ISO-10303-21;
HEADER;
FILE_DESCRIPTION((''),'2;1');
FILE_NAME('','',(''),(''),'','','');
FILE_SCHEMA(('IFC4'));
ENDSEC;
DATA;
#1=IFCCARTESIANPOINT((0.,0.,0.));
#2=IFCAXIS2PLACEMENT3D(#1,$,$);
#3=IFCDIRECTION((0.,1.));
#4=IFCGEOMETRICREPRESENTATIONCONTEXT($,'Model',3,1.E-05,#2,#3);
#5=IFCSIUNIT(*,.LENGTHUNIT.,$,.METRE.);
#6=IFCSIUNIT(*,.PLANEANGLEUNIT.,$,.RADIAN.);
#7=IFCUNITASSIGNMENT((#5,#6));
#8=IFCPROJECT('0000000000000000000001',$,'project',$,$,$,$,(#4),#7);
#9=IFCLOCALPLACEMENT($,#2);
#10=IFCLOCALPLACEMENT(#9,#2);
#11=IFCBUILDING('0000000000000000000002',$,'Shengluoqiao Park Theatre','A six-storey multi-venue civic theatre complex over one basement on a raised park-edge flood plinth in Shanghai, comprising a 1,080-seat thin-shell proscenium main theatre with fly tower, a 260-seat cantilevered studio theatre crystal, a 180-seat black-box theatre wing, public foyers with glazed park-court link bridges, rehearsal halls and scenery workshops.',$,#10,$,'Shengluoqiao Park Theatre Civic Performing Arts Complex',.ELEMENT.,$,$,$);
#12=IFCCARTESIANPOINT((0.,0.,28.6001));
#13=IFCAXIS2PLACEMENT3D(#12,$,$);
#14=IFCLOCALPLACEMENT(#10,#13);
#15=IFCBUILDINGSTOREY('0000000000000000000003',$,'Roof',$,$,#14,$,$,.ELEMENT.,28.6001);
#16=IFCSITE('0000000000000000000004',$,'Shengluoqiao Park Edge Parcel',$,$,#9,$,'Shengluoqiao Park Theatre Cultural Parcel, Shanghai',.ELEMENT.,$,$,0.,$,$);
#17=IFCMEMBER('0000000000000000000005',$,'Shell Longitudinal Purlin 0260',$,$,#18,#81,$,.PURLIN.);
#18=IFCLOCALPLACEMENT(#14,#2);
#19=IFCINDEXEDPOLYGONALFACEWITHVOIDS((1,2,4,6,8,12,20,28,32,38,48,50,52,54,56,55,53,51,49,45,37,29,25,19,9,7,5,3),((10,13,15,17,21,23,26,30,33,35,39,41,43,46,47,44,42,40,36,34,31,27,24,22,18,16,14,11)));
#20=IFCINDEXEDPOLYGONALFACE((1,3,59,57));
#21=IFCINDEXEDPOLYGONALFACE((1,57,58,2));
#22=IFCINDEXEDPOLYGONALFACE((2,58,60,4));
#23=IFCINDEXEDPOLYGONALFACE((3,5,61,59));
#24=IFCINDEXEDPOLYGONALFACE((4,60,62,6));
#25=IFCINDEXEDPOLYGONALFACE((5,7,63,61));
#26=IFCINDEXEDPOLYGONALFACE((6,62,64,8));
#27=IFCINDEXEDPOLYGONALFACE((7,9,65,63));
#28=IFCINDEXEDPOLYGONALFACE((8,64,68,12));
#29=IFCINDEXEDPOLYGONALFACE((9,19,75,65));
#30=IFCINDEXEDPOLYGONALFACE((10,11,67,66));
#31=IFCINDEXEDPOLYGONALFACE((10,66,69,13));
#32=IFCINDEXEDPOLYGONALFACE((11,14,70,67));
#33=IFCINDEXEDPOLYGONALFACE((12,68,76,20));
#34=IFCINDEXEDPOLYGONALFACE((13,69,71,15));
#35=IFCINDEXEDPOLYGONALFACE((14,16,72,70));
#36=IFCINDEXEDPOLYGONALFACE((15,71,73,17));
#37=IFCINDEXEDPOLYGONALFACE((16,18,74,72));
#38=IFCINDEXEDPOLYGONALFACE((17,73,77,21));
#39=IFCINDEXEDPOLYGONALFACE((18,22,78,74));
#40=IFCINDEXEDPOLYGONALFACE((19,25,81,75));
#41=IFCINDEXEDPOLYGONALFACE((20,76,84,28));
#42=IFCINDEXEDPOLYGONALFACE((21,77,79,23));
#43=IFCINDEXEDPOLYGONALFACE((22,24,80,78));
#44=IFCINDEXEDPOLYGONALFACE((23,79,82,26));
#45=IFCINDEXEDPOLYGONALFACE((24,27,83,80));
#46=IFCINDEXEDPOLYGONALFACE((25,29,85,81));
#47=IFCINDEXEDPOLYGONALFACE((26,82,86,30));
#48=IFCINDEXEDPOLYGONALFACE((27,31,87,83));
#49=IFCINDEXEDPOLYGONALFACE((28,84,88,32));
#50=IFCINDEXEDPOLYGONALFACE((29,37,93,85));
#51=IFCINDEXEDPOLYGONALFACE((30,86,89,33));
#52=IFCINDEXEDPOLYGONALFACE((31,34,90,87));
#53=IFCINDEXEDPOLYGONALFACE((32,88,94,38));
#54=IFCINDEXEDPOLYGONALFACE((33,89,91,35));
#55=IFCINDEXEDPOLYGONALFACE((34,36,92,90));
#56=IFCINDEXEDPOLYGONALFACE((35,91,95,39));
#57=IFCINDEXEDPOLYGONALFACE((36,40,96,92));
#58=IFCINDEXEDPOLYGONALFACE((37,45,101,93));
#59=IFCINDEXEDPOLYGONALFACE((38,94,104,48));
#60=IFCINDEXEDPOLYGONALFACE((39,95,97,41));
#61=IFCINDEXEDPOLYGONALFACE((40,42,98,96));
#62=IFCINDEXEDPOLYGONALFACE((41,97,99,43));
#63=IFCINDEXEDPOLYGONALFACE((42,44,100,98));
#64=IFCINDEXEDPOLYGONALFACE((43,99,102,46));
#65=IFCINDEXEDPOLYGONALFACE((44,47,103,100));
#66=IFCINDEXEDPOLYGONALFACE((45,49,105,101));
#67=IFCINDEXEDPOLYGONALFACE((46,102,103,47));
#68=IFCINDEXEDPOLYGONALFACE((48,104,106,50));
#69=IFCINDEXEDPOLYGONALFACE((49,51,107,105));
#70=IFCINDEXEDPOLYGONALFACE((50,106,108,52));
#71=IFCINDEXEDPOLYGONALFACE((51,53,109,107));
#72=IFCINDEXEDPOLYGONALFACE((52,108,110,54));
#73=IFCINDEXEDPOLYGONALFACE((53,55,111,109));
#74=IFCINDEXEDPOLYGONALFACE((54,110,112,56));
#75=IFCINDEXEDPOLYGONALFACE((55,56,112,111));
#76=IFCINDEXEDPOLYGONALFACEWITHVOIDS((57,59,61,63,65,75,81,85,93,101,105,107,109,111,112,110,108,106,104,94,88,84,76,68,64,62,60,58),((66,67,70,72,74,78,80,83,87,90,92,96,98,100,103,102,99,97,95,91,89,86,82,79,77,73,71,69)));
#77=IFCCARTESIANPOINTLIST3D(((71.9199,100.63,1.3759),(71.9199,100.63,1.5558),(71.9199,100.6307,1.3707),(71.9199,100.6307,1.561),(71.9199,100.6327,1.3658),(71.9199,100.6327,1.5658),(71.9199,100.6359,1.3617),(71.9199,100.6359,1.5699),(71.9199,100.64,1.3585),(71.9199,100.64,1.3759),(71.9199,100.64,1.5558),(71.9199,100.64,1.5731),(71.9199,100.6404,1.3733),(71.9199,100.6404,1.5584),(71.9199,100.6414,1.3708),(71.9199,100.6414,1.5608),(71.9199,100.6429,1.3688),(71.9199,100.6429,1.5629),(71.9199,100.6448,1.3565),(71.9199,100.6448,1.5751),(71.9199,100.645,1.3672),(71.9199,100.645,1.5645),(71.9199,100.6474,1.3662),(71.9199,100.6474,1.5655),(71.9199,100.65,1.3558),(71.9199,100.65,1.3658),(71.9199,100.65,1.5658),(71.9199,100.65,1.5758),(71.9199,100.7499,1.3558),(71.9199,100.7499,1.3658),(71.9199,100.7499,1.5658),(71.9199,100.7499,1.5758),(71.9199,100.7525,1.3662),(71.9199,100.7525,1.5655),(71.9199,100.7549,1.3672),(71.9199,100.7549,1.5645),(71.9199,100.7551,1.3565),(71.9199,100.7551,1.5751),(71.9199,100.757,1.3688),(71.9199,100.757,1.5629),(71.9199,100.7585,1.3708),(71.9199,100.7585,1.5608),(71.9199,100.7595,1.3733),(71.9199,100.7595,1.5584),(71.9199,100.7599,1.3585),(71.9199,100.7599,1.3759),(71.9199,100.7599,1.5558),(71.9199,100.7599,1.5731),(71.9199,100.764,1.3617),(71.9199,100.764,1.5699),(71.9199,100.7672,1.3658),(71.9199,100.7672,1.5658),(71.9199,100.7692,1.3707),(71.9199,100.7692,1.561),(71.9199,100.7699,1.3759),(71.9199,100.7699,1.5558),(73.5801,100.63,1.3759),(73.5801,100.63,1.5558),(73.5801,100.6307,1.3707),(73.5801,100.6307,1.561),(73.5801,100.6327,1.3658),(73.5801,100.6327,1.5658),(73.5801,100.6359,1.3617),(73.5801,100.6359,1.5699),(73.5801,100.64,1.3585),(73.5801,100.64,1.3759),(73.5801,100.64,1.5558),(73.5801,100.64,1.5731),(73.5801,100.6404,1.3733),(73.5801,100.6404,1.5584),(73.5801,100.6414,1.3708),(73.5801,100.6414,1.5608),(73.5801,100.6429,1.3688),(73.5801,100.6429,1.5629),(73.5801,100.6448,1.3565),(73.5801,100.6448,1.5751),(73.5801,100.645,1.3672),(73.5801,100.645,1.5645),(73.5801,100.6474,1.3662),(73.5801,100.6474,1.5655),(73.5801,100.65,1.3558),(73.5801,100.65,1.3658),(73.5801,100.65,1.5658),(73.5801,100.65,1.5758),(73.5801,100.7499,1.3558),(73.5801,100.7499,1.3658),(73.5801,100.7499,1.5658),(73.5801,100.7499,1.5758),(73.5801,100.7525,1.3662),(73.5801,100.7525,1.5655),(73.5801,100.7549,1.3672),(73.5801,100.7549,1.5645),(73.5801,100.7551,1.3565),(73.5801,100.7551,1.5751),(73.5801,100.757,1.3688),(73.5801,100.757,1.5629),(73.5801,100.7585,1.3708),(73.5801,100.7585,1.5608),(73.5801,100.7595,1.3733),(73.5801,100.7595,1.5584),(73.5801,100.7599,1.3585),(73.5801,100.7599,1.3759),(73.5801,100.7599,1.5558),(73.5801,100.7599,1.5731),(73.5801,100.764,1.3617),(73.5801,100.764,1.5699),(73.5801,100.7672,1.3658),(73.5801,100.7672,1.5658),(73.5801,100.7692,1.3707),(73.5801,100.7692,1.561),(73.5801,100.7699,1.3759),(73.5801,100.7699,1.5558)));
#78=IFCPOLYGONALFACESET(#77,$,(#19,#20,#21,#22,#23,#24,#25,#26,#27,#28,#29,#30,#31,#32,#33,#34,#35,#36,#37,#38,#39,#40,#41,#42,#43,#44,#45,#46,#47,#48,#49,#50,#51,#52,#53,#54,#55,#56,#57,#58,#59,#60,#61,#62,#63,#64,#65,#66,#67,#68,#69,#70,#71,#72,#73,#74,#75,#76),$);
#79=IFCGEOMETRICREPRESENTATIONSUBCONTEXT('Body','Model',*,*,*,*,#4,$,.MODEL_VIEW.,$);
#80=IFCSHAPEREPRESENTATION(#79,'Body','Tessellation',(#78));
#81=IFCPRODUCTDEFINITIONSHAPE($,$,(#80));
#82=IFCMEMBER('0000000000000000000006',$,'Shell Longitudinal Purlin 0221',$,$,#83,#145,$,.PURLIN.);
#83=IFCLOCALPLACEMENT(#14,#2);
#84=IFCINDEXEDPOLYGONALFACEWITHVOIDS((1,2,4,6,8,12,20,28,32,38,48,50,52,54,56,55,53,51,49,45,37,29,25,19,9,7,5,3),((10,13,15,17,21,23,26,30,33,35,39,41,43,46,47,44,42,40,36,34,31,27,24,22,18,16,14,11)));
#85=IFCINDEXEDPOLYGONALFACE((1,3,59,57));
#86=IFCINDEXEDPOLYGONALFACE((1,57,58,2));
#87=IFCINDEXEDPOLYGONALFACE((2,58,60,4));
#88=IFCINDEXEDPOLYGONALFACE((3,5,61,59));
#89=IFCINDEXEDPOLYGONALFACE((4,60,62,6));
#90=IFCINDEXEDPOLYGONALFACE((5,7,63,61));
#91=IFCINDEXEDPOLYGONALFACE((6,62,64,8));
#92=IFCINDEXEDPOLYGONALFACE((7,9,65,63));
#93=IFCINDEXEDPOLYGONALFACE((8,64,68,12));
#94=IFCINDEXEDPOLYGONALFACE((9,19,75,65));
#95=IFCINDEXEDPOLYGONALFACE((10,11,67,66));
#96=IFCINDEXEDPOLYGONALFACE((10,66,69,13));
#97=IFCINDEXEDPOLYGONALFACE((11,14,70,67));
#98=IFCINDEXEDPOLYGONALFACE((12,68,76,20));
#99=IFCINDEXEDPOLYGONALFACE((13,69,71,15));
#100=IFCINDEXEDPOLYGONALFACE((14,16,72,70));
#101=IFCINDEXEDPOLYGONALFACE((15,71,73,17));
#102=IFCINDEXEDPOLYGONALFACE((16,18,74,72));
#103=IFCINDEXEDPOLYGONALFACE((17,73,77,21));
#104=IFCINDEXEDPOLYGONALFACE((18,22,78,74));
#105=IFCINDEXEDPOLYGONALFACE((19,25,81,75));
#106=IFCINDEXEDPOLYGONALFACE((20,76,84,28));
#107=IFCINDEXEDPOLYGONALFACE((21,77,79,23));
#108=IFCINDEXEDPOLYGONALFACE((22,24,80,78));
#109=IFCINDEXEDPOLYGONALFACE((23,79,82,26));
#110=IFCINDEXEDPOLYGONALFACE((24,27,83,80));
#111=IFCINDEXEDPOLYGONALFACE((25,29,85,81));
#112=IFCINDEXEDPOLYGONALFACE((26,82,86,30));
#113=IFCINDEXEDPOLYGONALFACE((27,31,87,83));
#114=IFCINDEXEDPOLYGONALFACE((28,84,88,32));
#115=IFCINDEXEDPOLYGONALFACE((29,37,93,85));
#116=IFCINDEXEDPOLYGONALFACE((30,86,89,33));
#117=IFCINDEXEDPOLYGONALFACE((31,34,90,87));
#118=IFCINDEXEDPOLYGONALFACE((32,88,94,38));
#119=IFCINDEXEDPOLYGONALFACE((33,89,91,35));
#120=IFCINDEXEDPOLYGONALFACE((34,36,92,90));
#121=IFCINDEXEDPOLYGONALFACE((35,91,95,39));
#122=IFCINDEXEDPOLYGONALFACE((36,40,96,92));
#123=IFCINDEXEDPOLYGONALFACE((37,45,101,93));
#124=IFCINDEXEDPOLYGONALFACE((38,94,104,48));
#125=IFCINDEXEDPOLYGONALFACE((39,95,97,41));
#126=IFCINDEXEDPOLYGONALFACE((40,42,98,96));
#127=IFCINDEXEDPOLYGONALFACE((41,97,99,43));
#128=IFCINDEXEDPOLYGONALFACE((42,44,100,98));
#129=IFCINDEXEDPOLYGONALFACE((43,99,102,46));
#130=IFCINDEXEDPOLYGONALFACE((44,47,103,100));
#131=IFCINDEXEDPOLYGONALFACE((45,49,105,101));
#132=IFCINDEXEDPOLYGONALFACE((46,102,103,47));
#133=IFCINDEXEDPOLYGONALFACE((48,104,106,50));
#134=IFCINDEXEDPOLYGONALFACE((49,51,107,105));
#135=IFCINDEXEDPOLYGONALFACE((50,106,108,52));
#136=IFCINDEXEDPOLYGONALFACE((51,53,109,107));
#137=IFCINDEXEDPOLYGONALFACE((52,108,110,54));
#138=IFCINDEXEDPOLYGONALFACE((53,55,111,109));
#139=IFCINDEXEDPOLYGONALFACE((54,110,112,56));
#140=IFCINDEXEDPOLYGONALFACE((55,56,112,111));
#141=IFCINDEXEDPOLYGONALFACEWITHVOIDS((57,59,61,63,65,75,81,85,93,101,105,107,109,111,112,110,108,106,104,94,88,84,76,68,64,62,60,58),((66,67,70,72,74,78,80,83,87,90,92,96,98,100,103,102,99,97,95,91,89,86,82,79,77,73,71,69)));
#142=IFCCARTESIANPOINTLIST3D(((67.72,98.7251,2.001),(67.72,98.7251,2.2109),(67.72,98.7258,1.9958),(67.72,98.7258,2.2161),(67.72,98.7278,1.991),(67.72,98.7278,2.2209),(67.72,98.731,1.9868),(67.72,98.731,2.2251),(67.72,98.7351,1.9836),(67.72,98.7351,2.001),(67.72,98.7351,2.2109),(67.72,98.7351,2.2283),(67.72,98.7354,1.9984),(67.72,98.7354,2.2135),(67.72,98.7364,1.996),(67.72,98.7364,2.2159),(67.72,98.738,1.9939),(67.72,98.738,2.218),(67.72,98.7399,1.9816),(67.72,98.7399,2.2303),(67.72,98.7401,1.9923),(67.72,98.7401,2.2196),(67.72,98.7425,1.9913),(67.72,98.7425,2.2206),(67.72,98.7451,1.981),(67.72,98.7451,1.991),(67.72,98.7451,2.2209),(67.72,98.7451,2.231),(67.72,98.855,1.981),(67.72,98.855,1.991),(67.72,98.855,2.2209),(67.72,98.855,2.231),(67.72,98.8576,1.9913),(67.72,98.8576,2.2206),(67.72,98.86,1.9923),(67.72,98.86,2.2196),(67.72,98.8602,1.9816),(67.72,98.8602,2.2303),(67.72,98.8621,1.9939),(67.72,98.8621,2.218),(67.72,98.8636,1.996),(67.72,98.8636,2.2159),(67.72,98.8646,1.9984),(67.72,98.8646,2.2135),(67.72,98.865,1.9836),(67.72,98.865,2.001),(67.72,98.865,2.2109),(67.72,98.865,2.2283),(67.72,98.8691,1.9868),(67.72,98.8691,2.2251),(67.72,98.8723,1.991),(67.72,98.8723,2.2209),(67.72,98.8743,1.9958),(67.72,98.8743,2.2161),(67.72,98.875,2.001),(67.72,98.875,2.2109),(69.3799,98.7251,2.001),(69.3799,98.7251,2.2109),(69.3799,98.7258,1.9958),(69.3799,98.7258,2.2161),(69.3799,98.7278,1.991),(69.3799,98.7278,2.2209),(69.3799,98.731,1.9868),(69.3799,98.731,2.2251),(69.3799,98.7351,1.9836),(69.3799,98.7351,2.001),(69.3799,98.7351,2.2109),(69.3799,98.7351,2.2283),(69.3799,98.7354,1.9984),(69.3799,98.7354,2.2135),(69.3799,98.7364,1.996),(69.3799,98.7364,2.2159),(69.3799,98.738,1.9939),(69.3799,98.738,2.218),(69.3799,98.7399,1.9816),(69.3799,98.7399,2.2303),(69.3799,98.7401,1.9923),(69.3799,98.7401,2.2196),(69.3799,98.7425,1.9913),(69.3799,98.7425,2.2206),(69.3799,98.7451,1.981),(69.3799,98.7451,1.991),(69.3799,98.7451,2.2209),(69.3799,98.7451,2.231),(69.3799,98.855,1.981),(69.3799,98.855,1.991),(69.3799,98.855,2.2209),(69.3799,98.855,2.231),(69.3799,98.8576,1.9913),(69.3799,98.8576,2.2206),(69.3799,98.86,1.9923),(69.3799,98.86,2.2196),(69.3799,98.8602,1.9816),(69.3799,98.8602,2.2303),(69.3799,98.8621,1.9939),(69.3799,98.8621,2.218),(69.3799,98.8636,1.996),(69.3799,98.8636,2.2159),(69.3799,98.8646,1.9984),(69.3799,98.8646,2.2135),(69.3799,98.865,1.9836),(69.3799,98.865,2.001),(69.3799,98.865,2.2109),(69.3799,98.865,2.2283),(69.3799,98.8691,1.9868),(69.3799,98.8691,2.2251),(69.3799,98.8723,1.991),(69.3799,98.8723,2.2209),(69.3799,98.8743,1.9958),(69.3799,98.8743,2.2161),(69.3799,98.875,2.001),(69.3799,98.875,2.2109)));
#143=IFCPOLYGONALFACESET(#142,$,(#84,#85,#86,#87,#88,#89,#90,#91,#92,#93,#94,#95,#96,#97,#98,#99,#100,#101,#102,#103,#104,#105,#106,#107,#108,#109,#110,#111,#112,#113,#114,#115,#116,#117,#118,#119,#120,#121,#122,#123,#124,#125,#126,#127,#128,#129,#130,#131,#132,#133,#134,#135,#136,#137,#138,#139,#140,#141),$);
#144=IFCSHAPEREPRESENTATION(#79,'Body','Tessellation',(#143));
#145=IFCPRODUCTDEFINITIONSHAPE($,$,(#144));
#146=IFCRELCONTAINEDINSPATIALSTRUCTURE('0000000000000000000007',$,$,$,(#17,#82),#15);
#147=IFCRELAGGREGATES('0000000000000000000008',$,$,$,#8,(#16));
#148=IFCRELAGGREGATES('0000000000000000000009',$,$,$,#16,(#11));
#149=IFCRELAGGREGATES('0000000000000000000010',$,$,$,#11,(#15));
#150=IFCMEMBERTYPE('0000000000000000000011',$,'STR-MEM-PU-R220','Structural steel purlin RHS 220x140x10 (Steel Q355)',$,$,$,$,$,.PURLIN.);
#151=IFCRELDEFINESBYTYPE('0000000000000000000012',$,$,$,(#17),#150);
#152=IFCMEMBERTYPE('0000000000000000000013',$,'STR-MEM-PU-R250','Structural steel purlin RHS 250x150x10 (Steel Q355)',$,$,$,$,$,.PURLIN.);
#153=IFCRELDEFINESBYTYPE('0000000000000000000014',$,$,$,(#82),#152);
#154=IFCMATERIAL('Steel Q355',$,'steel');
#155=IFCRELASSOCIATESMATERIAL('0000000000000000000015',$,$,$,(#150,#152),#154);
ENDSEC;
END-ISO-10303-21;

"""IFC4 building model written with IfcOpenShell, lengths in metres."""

from ifc_helpers import new_model, si_unit, direction, frame, origin, origin_2d, place, context, subcontext, project, spatial, hollow_rectangle, extrude, material, material_profile, profile_set, type_object, element, save


model = new_model("IFC4")

# Units and contexts
model_context = context("Model", 3, precision=1e-05, world=origin(), true_north=direction((0.0, 1.0)))
body_context = subcontext(model_context, "Body", "Model", "MODEL_VIEW")
ifc_project = project(units=[si_unit("LENGTHUNIT", "METRE"), si_unit("PLANEANGLEUNIT", "RADIAN")], contexts=[model_context])

# Site, building, storey
site_placement = place(None, origin())
site = spatial("IfcSite", under=ifc_project, at=site_placement, Name="Shengluoqiao Park Edge Parcel", LongName="Shengluoqiao Park Theatre Cultural Parcel, Shanghai", CompositionType="ELEMENT", RefElevation=0.0)
building_placement = place(site_placement, origin())
building = spatial("IfcBuilding", under=site, at=building_placement, Name="Shengluoqiao Park Theatre", Description="A six-storey multi-venue civic theatre complex over one basement on a raised park-edge flood plinth in Shanghai, comprising a 1,080-seat thin-shell proscenium main theatre with fly tower, a 260-seat cantilevered studio theatre crystal, a 180-seat black-box theatre wing, public foyers with glazed park-court link bridges, rehearsal halls and scenery workshops.", LongName="Shengluoqiao Park Theatre Civic Performing Arts Complex", CompositionType="ELEMENT")
storey_placement = place(building_placement, frame((0.0, 0.0, 28.6001)))
storey = spatial("IfcBuildingStorey", under=building, at=storey_placement, Name="Roof", CompositionType="ELEMENT", Elevation=28.6001)

# Members
ifc_material_1 = material(Name="Steel Q355", Category="steel")
ifc_material_profile_1 = material_profile(ifc_material_1, hollow_rectangle(XDim=0.1399, YDim=0.22, WallThickness=0.01, InnerFilletRadius=0.01, OuterFilletRadius=0.02, at=origin_2d()), Name="RHS 220x140x10")
ifc_profile_set_1 = profile_set([ifc_material_profile_1], Name="Steel Q355")
member_type_1 = type_object("IfcMemberType", Name="STR-MEM-PU-R220", Description="Structural steel purlin RHS 220x140x10 (Steel Q355)", PredefinedType="PURLIN", material=ifc_profile_set_1)
member_1_placement = place(storey_placement, frame((71.9199, 100.7, 1.4658), z_axis=(1.0, 0.0, 0.0), x_axis=(0.0, 1.0, 0.0)))
element("IfcMember", 1, at=member_1_placement, inside=storey, type_object=member_type_1, Name="Shell Longitudinal Purlin 0260", PredefinedType="PURLIN", context=body_context, shape_type="SweptSolid", body=[
    extrude(hollow_rectangle(XDim=0.1399, YDim=0.22, WallThickness=0.01, InnerFilletRadius=0.01, OuterFilletRadius=0.02, at=origin_2d()), origin(), (0.0, 0.0, 1.0), 1.6602),
])
ifc_material_profile_2 = material_profile(ifc_material_1, hollow_rectangle(XDim=0.1499, YDim=0.25, WallThickness=0.01, InnerFilletRadius=0.01, OuterFilletRadius=0.02, at=origin_2d()), Name="RHS 250x150x10")
ifc_profile_set_2 = profile_set([ifc_material_profile_2], Name="Steel Q355")
member_type_2 = type_object("IfcMemberType", Name="STR-MEM-PU-R250", Description="Structural steel purlin RHS 250x150x10 (Steel Q355)", PredefinedType="PURLIN", material=ifc_profile_set_2)
for number, where, z_axis, x_axis, name in (
    (2, (67.72, 98.8, 2.106), (1.0, 0.0, 0.0), (0.0, 1.0, 0.0), "Shell Longitudinal Purlin 0221"),
):
    element("IfcMember", number, at=place(storey_placement, frame(where, z_axis=z_axis, x_axis=x_axis)), inside=storey, type_object=member_type_2, Name=name, PredefinedType="PURLIN", context=body_context, shape_type="SweptSolid", body=[
        extrude(hollow_rectangle(XDim=0.1499, YDim=0.25, WallThickness=0.01, InnerFilletRadius=0.01, OuterFilletRadius=0.02, at=origin_2d()), origin(), (0.0, 0.0, 1.0), 1.6599),
    ])

save(model, "model.ifc")
